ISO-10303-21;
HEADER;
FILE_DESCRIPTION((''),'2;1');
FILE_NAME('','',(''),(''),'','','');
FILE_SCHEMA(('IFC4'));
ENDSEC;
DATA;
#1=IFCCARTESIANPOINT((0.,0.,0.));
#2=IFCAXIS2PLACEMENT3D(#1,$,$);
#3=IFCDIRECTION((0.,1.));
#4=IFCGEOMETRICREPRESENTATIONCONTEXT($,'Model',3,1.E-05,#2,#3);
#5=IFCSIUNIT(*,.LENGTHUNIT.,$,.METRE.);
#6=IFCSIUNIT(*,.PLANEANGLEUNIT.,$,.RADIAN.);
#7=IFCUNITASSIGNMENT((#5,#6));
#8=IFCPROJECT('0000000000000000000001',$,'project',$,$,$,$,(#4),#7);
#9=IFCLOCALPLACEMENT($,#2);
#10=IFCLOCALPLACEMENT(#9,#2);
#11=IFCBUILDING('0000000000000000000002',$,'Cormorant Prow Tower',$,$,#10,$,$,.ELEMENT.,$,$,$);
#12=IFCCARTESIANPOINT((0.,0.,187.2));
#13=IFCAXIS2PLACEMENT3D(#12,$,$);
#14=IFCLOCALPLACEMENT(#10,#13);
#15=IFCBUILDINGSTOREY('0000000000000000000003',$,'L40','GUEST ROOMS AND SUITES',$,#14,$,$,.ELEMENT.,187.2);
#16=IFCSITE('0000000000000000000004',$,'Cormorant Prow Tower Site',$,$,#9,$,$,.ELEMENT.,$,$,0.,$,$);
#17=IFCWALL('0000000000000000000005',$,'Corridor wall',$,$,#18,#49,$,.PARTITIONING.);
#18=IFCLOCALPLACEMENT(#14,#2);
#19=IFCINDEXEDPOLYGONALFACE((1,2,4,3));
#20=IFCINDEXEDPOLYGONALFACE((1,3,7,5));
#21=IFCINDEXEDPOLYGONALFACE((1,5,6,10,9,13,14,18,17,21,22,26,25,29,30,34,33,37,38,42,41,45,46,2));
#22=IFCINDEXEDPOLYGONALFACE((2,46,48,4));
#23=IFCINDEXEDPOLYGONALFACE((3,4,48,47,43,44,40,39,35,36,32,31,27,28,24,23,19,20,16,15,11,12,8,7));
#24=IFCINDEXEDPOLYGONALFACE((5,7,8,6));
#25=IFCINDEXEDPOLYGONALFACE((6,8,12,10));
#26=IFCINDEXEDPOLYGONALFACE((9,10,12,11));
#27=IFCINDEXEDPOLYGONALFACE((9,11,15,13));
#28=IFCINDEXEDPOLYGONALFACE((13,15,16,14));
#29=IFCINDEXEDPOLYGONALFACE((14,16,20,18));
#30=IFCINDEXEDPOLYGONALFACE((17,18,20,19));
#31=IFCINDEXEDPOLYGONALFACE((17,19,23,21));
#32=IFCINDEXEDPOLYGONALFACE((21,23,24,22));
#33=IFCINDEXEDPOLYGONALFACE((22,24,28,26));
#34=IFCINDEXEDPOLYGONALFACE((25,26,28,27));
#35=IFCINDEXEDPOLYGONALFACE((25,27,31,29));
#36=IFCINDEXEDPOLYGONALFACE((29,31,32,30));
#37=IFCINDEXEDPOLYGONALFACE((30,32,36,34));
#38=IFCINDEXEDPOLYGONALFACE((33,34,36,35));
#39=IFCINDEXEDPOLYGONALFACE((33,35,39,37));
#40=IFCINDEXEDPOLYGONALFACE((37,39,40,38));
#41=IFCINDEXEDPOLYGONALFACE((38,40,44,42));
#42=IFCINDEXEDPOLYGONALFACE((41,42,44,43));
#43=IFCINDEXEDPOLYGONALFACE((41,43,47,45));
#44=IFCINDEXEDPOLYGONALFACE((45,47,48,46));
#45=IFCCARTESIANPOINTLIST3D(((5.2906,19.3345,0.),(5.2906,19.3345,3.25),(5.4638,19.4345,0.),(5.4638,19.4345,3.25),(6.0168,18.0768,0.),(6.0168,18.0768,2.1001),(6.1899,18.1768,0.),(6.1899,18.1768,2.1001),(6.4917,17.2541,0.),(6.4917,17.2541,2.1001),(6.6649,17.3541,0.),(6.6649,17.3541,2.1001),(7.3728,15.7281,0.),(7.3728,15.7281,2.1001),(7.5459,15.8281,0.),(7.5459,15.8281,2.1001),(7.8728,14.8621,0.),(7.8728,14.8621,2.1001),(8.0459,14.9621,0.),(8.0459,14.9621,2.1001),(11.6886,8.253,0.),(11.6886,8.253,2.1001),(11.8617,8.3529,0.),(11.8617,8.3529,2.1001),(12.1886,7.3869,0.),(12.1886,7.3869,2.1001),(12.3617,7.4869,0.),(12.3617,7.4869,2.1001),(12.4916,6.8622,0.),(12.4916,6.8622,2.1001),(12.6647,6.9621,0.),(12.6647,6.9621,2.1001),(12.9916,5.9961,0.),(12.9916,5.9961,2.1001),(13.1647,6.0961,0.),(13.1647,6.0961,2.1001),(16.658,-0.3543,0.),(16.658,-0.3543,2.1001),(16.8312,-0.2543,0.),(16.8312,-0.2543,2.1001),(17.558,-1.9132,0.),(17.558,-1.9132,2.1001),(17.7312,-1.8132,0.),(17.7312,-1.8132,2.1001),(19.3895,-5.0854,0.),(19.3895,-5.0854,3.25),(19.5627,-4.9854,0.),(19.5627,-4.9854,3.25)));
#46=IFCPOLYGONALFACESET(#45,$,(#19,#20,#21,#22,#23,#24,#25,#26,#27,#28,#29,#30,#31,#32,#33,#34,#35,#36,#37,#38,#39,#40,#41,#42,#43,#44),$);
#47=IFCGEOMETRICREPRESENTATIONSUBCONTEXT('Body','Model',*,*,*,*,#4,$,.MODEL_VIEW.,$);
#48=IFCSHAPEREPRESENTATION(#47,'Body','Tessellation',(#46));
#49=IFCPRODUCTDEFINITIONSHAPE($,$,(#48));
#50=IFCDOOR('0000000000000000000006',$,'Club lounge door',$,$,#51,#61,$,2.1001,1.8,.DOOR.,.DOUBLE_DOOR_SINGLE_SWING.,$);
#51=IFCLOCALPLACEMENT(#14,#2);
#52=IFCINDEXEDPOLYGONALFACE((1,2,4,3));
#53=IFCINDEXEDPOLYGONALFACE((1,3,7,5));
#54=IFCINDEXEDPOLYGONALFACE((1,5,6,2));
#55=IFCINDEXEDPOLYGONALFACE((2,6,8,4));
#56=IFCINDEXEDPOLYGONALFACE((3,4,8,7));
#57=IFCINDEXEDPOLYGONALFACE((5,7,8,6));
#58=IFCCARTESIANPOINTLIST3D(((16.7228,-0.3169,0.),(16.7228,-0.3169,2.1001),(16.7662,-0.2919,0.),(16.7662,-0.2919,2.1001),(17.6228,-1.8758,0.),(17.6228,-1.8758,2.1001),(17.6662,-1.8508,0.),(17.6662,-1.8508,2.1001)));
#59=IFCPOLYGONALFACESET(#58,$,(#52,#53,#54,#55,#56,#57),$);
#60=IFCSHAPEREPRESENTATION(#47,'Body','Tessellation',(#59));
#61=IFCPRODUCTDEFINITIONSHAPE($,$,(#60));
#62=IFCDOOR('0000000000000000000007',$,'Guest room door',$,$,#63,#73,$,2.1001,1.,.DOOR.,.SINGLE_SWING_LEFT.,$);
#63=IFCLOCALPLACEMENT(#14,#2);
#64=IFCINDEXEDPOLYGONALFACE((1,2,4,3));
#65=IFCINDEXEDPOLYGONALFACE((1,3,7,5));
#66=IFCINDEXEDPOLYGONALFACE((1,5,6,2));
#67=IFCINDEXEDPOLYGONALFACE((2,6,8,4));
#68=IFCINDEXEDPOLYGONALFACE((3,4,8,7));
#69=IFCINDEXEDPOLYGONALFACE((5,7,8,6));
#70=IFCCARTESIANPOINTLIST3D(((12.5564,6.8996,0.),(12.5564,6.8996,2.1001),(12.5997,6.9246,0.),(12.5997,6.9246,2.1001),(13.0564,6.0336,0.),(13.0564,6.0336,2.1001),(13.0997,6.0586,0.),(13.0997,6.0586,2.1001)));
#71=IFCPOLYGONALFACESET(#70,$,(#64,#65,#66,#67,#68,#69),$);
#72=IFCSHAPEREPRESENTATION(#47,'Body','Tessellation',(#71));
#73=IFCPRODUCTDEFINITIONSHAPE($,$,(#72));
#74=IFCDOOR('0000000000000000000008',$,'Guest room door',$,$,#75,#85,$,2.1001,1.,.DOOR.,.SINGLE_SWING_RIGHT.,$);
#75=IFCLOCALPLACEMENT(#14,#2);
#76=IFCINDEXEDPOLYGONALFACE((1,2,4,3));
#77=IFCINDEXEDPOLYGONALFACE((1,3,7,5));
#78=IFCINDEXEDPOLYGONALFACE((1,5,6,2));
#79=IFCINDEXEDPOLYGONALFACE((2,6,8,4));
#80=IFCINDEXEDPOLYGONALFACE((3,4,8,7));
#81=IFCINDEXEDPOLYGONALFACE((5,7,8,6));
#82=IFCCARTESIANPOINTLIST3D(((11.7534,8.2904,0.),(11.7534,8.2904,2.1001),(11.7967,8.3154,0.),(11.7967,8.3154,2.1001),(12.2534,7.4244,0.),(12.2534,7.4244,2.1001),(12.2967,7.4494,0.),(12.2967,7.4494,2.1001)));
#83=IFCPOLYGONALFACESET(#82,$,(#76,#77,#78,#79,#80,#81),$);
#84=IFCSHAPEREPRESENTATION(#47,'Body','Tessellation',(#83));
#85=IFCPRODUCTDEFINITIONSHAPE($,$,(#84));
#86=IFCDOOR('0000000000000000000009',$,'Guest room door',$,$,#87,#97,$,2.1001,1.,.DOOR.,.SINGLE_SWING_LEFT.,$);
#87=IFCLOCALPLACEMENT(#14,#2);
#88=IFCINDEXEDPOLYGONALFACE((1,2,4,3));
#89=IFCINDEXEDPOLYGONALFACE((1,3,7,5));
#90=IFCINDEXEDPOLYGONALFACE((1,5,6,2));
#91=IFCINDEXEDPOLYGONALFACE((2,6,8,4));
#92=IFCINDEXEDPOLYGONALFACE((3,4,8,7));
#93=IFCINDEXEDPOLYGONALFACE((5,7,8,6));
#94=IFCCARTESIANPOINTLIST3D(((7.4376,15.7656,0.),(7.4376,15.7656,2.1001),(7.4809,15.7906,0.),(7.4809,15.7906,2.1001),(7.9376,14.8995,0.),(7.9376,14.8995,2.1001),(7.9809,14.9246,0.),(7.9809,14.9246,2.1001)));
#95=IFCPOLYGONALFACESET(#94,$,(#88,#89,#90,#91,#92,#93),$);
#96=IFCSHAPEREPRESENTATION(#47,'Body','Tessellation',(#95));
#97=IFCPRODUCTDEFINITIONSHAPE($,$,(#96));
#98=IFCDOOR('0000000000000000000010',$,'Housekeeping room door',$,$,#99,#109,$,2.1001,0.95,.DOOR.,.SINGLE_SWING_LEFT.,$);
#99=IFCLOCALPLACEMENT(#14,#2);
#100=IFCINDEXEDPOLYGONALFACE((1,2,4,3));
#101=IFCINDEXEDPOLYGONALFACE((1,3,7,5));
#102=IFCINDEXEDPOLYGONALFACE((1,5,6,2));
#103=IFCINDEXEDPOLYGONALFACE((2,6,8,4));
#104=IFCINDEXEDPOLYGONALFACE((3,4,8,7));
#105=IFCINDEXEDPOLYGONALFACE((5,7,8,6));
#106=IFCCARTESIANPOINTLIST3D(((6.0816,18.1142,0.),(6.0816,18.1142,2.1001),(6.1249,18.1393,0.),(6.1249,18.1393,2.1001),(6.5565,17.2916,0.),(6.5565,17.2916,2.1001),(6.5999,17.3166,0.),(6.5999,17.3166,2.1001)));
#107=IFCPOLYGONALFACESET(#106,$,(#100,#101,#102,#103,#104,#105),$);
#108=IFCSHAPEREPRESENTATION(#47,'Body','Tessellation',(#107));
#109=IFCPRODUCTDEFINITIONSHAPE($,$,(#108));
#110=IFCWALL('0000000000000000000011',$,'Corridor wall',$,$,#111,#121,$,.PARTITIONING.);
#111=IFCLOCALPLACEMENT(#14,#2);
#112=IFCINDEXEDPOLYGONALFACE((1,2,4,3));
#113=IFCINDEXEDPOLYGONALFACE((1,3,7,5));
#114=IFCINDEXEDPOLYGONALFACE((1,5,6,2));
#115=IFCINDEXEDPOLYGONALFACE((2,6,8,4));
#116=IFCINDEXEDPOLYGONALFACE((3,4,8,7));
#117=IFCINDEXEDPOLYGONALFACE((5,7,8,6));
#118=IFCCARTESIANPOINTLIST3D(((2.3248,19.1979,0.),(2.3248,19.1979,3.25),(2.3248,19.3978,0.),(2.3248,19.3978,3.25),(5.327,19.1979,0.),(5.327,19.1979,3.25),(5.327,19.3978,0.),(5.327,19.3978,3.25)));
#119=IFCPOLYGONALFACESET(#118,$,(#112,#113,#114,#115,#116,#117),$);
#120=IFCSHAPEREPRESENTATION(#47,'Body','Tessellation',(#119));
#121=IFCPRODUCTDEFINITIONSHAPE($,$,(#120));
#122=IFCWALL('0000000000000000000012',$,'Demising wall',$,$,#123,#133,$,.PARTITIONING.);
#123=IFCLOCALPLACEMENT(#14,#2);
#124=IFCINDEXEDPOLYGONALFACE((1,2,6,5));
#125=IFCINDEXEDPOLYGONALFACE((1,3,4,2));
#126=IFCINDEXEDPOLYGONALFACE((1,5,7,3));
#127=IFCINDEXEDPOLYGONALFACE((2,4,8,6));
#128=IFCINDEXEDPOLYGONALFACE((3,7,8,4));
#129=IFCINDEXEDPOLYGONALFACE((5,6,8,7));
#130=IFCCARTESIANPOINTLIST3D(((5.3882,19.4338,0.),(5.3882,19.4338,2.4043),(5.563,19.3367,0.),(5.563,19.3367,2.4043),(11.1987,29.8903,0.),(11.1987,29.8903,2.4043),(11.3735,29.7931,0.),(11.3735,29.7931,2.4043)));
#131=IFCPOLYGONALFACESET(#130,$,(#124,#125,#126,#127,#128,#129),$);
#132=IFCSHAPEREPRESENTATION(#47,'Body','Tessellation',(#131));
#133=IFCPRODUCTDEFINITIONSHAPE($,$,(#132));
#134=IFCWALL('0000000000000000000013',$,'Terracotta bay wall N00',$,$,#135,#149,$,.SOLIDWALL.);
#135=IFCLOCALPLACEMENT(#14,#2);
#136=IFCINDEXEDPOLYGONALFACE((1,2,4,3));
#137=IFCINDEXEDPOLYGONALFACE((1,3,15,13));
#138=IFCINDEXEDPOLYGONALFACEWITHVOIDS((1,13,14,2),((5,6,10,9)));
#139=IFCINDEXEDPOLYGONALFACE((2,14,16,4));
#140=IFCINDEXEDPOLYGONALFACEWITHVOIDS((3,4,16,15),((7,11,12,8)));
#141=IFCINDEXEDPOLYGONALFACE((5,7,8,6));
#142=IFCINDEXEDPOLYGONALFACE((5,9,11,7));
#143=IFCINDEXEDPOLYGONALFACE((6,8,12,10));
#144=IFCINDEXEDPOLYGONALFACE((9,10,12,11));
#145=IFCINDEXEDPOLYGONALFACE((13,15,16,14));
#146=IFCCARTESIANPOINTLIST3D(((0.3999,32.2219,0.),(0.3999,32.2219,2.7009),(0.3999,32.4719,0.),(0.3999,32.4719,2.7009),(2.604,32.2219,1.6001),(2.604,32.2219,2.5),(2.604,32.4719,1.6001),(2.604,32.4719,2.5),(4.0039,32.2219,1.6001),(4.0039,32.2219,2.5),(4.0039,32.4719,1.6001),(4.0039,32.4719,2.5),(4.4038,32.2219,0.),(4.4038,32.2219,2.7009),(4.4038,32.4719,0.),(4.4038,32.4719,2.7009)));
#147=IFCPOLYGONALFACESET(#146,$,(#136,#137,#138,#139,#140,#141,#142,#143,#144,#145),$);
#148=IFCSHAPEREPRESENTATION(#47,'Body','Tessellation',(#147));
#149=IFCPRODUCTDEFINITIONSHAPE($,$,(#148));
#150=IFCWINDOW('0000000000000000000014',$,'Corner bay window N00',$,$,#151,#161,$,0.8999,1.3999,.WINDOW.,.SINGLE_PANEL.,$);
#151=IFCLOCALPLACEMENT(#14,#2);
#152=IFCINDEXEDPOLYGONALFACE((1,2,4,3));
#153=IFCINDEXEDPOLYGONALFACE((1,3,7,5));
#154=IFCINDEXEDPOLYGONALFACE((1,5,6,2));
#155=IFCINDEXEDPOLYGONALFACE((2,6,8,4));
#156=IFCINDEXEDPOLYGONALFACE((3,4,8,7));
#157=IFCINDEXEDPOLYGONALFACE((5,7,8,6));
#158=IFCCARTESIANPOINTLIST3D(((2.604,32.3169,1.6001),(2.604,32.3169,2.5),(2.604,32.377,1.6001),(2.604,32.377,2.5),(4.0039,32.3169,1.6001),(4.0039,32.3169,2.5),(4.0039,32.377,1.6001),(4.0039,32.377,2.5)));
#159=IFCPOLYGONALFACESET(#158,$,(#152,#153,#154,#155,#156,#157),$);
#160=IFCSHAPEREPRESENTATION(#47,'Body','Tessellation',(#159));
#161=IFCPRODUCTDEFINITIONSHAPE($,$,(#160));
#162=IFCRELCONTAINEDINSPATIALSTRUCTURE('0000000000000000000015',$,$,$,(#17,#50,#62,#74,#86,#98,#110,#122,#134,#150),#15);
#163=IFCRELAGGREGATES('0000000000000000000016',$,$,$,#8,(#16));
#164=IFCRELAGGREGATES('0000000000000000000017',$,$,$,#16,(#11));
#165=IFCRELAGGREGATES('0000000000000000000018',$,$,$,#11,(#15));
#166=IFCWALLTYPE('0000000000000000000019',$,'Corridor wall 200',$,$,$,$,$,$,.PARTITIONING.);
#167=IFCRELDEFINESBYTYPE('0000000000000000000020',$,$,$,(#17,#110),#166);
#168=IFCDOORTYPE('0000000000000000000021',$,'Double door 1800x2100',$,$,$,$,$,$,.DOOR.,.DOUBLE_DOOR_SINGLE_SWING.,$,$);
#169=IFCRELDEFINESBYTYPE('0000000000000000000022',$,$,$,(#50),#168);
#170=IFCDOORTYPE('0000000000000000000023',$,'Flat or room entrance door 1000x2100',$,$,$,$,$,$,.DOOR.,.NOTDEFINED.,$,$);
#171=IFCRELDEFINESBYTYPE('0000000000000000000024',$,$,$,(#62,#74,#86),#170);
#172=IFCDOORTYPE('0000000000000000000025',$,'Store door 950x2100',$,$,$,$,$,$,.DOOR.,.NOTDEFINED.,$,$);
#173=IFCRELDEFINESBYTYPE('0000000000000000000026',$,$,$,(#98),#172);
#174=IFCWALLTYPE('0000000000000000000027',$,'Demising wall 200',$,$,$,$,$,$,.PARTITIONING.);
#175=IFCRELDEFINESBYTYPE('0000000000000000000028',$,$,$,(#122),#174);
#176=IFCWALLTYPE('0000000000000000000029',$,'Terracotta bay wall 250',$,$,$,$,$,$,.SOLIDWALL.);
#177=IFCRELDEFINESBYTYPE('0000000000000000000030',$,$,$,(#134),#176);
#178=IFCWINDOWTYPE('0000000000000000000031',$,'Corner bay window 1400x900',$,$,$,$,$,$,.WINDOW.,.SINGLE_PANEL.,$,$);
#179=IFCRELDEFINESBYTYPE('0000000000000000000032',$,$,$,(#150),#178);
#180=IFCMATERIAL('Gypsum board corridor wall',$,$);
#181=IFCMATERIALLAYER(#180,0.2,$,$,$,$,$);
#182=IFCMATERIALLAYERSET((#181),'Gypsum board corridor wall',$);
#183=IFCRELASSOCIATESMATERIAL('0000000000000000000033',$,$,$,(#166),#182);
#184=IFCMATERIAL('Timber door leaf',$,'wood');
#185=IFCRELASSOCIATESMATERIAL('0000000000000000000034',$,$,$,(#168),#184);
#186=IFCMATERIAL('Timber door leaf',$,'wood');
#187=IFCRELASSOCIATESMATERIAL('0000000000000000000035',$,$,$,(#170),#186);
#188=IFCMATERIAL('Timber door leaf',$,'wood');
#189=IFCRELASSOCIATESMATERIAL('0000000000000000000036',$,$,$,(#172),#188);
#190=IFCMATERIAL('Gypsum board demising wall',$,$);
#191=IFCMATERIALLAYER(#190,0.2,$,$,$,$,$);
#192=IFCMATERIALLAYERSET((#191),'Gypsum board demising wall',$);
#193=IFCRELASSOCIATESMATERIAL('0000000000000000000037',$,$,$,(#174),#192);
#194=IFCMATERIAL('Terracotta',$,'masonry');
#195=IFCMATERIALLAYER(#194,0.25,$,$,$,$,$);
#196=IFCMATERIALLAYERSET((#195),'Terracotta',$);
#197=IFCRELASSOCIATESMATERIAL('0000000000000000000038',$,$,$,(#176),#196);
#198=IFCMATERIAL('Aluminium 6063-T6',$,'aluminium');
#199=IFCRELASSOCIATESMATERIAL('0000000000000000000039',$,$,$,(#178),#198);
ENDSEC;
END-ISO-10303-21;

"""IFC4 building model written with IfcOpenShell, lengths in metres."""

from ifc_helpers import new_model, si_unit, direction, frame, frame_2d, origin, place, context, subcontext, project, spatial, rectangle, extrude, material, layer, layer_set, type_object, element, fill, save


model = new_model("IFC4")

# Units and contexts
model_context = context("Model", 3, precision=1e-05, world=origin(), true_north=direction((0.0, 1.0)))
body_context = subcontext(model_context, "Body", "Model", "MODEL_VIEW")
ifc_project = project(units=[si_unit("LENGTHUNIT", "METRE"), si_unit("PLANEANGLEUNIT", "RADIAN")], contexts=[model_context])

# Site, building, storey
site_placement = place(None, origin())
site = spatial("IfcSite", under=ifc_project, at=site_placement, Name="Cormorant Prow Tower Site", CompositionType="ELEMENT", RefElevation=0.0)
building_placement = place(site_placement, origin())
building = spatial("IfcBuilding", under=site, at=building_placement, Name="Cormorant Prow Tower", CompositionType="ELEMENT")
storey_placement = place(building_placement, frame((0.0, 0.0, 187.2)))
storey = spatial("IfcBuildingStorey", under=building, at=storey_placement, Name="L40", Description="GUEST ROOMS AND SUITES", CompositionType="ELEMENT", Elevation=187.2)

# Wall, openings, doors
ifc_material_1 = material(Name="Gypsum board corridor wall")
ifc_layer_1 = layer(ifc_material_1, 0.2)
ifc_layer_set_1 = layer_set([ifc_layer_1], Name="Gypsum board corridor wall")
wall_type_1 = type_object("IfcWallType", Name="Corridor wall 200", PredefinedType="PARTITIONING", material=ifc_layer_set_1)
wall_1_placement = place(storey_placement, frame((5.3772, 19.3845, 0.0), z_axis=(0.0, 0.0, 1.0), x_axis=(0.500001, -0.866025, 0.0)))
wall_1 = element("IfcWall", 1, at=wall_1_placement, inside=storey, type_object=wall_type_1, Name="Corridor wall", PredefinedType="PARTITIONING", context=body_context, shape_type="SweptSolid", body=[
    extrude(rectangle(XDim=28.1978, YDim=0.2, at=frame_2d((14.0989, 0.0))), origin(), (0.0, 0.0, 1.0), 3.25),
])
opening_1_placement = place(wall_1_placement, frame((22.7349, 0.0, 0.0)))
opening_1 = element("IfcOpeningElement", 2, at=opening_1_placement, cuts=wall_1, PredefinedType="OPENING", context=body_context, shape_type="SweptSolid", body=[
    extrude(rectangle(XDim=1.8, YDim=2.1001, at=frame_2d((0.8999, 1.05))), frame((0.0, 0.1099, 0.0), z_axis=(0.0, -1.0, 0.0), x_axis=(1.0, 0.0, 0.0)), (0.0, 0.0, 1.0), 0.22),
])
opening_2_placement = place(wall_1_placement, frame((14.4019, 0.0, 0.0)))
opening_2 = element("IfcOpeningElement", 3, at=opening_2_placement, cuts=wall_1, PredefinedType="OPENING", context=body_context, shape_type="SweptSolid", body=[
    extrude(rectangle(XDim=1.0, YDim=2.1001, at=frame_2d((0.5, 1.05))), frame((0.0, 0.1099, 0.0), z_axis=(0.0, -1.0, 0.0), x_axis=(1.0, 0.0, 0.0)), (0.0, 0.0, 1.0), 0.22),
])
opening_3_placement = place(wall_1_placement, frame((12.7959, 0.0, 0.0)))
opening_3 = element("IfcOpeningElement", 4, at=opening_3_placement, cuts=wall_1, PredefinedType="OPENING", context=body_context, shape_type="SweptSolid", body=[
    extrude(rectangle(XDim=1.0, YDim=2.1001, at=frame_2d((0.5, 1.05))), frame((0.0, 0.1099, 0.0), z_axis=(0.0, -1.0, 0.0), x_axis=(1.0, 0.0, 0.0)), (0.0, 0.0, 1.0), 0.22),
])
opening_4_placement = place(wall_1_placement, frame((4.1643, 0.0, 0.0)))
opening_4 = element("IfcOpeningElement", 5, at=opening_4_placement, cuts=wall_1, PredefinedType="OPENING", context=body_context, shape_type="SweptSolid", body=[
    extrude(rectangle(XDim=1.0, YDim=2.1001, at=frame_2d((0.5, 1.05))), frame((0.0, 0.1099, 0.0), z_axis=(0.0, -1.0, 0.0), x_axis=(1.0, 0.0, 0.0)), (0.0, 0.0, 1.0), 0.22),
])
opening_5_placement = place(wall_1_placement, frame((1.4521, 0.0, 0.0)))
opening_5 = element("IfcOpeningElement", 6, at=opening_5_placement, cuts=wall_1, PredefinedType="OPENING", context=body_context, shape_type="SweptSolid", body=[
    extrude(rectangle(XDim=0.95, YDim=2.1001, at=frame_2d((0.4751, 1.05))), frame((0.0, 0.1099, 0.0), z_axis=(0.0, -1.0, 0.0), x_axis=(1.0, 0.0, 0.0)), (0.0, 0.0, 1.0), 0.22),
])
ifc_material_2 = material(Name="Timber door leaf", Category="wood")
door_type_1 = type_object("IfcDoorType", Name="Double door 1800x2100", OperationType="DOUBLE_DOOR_SINGLE_SWING", PredefinedType="DOOR", material=ifc_material_2)
door_1_placement = place(opening_1_placement, origin())
door_1 = element("IfcDoor", 7, at=door_1_placement, inside=storey, type_object=door_type_1, Name="Club lounge door", OperationType="DOUBLE_DOOR_SINGLE_SWING", OverallHeight=2.1001, OverallWidth=1.8, PredefinedType="DOOR", context=body_context, shape_type="SweptSolid", body=[
    extrude(rectangle(XDim=1.8, YDim=2.1001, at=frame_2d((0.8999, 1.05))), frame((0.0, 0.0249, 0.0), z_axis=(0.0, -1.0, 0.0), x_axis=(1.0, 0.0, 0.0)), (0.0, 0.0, 1.0), 0.05),
])
fill(opening_1, door_1)
ifc_material_3 = material(Name="Timber door leaf", Category="wood")
door_type_2 = type_object("IfcDoorType", Name="Flat or room entrance door 1000x2100", OperationType="NOTDEFINED", PredefinedType="DOOR", material=ifc_material_3)
door_2_placement = place(opening_2_placement, origin())
door_2 = element("IfcDoor", 8, at=door_2_placement, inside=storey, type_object=door_type_2, Name="Guest room door", OperationType="SINGLE_SWING_LEFT", OverallHeight=2.1001, OverallWidth=1.0, PredefinedType="DOOR", context=body_context, shape_type="SweptSolid", body=[
    extrude(rectangle(XDim=1.0, YDim=2.1001, at=frame_2d((0.5, 1.05))), frame((0.0, 0.0249, 0.0), z_axis=(0.0, -1.0, 0.0), x_axis=(1.0, 0.0, 0.0)), (0.0, 0.0, 1.0), 0.05),
])
fill(opening_2, door_2)
door_3_placement = place(opening_3_placement, origin())
door_3 = element("IfcDoor", 9, at=door_3_placement, inside=storey, type_object=door_type_2, Name="Guest room door", OperationType="SINGLE_SWING_RIGHT", OverallHeight=2.1001, OverallWidth=1.0, PredefinedType="DOOR", context=body_context, shape_type="SweptSolid", body=[
    extrude(rectangle(XDim=1.0, YDim=2.1001, at=frame_2d((0.5, 1.05))), frame((0.0, 0.0249, 0.0), z_axis=(0.0, -1.0, 0.0), x_axis=(1.0, 0.0, 0.0)), (0.0, 0.0, 1.0), 0.05),
])
fill(opening_3, door_3)
door_4_placement = place(opening_4_placement, origin())
door_4 = element("IfcDoor", 10, at=door_4_placement, inside=storey, type_object=door_type_2, Name="Guest room door", OperationType="SINGLE_SWING_LEFT", OverallHeight=2.1001, OverallWidth=1.0, PredefinedType="DOOR", context=body_context, shape_type="SweptSolid", body=[
    extrude(rectangle(XDim=1.0, YDim=2.1001, at=frame_2d((0.5, 1.05))), frame((0.0, 0.0249, 0.0), z_axis=(0.0, -1.0, 0.0), x_axis=(1.0, 0.0, 0.0)), (0.0, 0.0, 1.0), 0.05),
])
fill(opening_4, door_4)
ifc_material_4 = material(Name="Timber door leaf", Category="wood")
door_type_3 = type_object("IfcDoorType", Name="Store door 950x2100", OperationType="NOTDEFINED", PredefinedType="DOOR", material=ifc_material_4)
door_5_placement = place(opening_5_placement, origin())
door_5 = element("IfcDoor", 11, at=door_5_placement, inside=storey, type_object=door_type_3, Name="Housekeeping room door", OperationType="SINGLE_SWING_LEFT", OverallHeight=2.1001, OverallWidth=0.95, PredefinedType="DOOR", context=body_context, shape_type="SweptSolid", body=[
    extrude(rectangle(XDim=0.95, YDim=2.1001, at=frame_2d((0.4751, 1.05))), frame((0.0, 0.0249, 0.0), z_axis=(0.0, -1.0, 0.0), x_axis=(1.0, 0.0, 0.0)), (0.0, 0.0, 1.0), 0.05),
])
fill(opening_5, door_5)

# Walls
wall_2_placement = place(storey_placement, frame((2.325, 19.2979, 0.0), z_axis=(0.0, 0.0, 1.0), x_axis=(1.0, 0.0, 0.0)))
element("IfcWall", 12, at=wall_2_placement, inside=storey, type_object=wall_type_1, Name="Corridor wall", PredefinedType="PARTITIONING", context=body_context, shape_type="SweptSolid", body=[
    extrude(rectangle(XDim=3.0022, YDim=0.2, at=frame_2d((1.501, 0.0))), origin(), (0.0, 0.0, 1.0), 3.25),
])
ifc_material_5 = material(Name="Gypsum board demising wall")
ifc_layer_2 = layer(ifc_material_5, 0.2)
ifc_layer_set_2 = layer_set([ifc_layer_2], Name="Gypsum board demising wall")
wall_type_2 = type_object("IfcWallType", Name="Demising wall 200", PredefinedType="PARTITIONING", material=ifc_layer_set_2)
wall_3_placement = place(storey_placement, frame((5.4756, 19.3853, 0.0), z_axis=(0.0, 0.0, 1.0), x_axis=(0.48573, 0.874109, 0.0)))
element("IfcWall", 13, at=wall_3_placement, inside=storey, type_object=wall_type_2, Name="Demising wall", PredefinedType="PARTITIONING", context=body_context, shape_type="SweptSolid", body=[
    extrude(rectangle(XDim=11.9624, YDim=0.2, at=frame_2d((5.9812, 0.0))), origin(), (0.0, 0.0, 1.0), 2.4043),
])

# Wall, opening, window
ifc_material_6 = material(Name="Terracotta", Category="masonry")
ifc_layer_3 = layer(ifc_material_6, 0.25)
ifc_layer_set_3 = layer_set([ifc_layer_3], Name="Terracotta")
wall_type_3 = type_object("IfcWallType", Name="Terracotta bay wall 250", PredefinedType="SOLIDWALL", material=ifc_layer_set_3)
wall_4_placement = place(storey_placement, frame((4.4038, 32.3469, 0.0), z_axis=(0.0, 0.0, 1.0), x_axis=(-1.0, 0.0, 0.0)))
wall_4 = element("IfcWall", 14, at=wall_4_placement, inside=storey, type_object=wall_type_3, Name="Terracotta bay wall N00", PredefinedType="SOLIDWALL", context=body_context, shape_type="SweptSolid", body=[
    extrude(rectangle(XDim=4.0039, YDim=0.25, at=frame_2d((2.002, 0.0))), origin(), (0.0, 0.0, 1.0), 2.7009),
])
opening_6_placement = place(wall_4_placement, frame((0.3999, 0.0, 1.6001)))
opening_6 = element("IfcOpeningElement", 15, at=opening_6_placement, cuts=wall_4, PredefinedType="OPENING", context=body_context, shape_type="SweptSolid", body=[
    extrude(rectangle(XDim=1.3999, YDim=0.8999, at=frame_2d((0.7, 0.45))), frame((0.0, 0.135, 0.0), z_axis=(0.0, -1.0, 0.0), x_axis=(1.0, 0.0, 0.0)), (0.0, 0.0, 1.0), 0.27),
])
ifc_material_7 = material(Name="Aluminium 6063-T6", Category="aluminium")
window_type = type_object("IfcWindowType", Name="Corner bay window 1400x900", PartitioningType="SINGLE_PANEL", PredefinedType="WINDOW", material=ifc_material_7)
window_placement = place(opening_6_placement, origin())
window = element("IfcWindow", 16, at=window_placement, inside=storey, type_object=window_type, Name="Corner bay window N00", OverallHeight=0.8999, OverallWidth=1.3999, PartitioningType="SINGLE_PANEL", PredefinedType="WINDOW", context=body_context, shape_type="SweptSolid", body=[
    extrude(rectangle(XDim=1.3999, YDim=0.8999, at=frame_2d((0.7, 0.45))), frame((0.0, 0.03, 0.0), z_axis=(0.0, -1.0, 0.0), x_axis=(1.0, 0.0, 0.0)), (0.0, 0.0, 1.0), 0.0601),
])
fill(opening_6, window)

save(model, "model.ifc")
